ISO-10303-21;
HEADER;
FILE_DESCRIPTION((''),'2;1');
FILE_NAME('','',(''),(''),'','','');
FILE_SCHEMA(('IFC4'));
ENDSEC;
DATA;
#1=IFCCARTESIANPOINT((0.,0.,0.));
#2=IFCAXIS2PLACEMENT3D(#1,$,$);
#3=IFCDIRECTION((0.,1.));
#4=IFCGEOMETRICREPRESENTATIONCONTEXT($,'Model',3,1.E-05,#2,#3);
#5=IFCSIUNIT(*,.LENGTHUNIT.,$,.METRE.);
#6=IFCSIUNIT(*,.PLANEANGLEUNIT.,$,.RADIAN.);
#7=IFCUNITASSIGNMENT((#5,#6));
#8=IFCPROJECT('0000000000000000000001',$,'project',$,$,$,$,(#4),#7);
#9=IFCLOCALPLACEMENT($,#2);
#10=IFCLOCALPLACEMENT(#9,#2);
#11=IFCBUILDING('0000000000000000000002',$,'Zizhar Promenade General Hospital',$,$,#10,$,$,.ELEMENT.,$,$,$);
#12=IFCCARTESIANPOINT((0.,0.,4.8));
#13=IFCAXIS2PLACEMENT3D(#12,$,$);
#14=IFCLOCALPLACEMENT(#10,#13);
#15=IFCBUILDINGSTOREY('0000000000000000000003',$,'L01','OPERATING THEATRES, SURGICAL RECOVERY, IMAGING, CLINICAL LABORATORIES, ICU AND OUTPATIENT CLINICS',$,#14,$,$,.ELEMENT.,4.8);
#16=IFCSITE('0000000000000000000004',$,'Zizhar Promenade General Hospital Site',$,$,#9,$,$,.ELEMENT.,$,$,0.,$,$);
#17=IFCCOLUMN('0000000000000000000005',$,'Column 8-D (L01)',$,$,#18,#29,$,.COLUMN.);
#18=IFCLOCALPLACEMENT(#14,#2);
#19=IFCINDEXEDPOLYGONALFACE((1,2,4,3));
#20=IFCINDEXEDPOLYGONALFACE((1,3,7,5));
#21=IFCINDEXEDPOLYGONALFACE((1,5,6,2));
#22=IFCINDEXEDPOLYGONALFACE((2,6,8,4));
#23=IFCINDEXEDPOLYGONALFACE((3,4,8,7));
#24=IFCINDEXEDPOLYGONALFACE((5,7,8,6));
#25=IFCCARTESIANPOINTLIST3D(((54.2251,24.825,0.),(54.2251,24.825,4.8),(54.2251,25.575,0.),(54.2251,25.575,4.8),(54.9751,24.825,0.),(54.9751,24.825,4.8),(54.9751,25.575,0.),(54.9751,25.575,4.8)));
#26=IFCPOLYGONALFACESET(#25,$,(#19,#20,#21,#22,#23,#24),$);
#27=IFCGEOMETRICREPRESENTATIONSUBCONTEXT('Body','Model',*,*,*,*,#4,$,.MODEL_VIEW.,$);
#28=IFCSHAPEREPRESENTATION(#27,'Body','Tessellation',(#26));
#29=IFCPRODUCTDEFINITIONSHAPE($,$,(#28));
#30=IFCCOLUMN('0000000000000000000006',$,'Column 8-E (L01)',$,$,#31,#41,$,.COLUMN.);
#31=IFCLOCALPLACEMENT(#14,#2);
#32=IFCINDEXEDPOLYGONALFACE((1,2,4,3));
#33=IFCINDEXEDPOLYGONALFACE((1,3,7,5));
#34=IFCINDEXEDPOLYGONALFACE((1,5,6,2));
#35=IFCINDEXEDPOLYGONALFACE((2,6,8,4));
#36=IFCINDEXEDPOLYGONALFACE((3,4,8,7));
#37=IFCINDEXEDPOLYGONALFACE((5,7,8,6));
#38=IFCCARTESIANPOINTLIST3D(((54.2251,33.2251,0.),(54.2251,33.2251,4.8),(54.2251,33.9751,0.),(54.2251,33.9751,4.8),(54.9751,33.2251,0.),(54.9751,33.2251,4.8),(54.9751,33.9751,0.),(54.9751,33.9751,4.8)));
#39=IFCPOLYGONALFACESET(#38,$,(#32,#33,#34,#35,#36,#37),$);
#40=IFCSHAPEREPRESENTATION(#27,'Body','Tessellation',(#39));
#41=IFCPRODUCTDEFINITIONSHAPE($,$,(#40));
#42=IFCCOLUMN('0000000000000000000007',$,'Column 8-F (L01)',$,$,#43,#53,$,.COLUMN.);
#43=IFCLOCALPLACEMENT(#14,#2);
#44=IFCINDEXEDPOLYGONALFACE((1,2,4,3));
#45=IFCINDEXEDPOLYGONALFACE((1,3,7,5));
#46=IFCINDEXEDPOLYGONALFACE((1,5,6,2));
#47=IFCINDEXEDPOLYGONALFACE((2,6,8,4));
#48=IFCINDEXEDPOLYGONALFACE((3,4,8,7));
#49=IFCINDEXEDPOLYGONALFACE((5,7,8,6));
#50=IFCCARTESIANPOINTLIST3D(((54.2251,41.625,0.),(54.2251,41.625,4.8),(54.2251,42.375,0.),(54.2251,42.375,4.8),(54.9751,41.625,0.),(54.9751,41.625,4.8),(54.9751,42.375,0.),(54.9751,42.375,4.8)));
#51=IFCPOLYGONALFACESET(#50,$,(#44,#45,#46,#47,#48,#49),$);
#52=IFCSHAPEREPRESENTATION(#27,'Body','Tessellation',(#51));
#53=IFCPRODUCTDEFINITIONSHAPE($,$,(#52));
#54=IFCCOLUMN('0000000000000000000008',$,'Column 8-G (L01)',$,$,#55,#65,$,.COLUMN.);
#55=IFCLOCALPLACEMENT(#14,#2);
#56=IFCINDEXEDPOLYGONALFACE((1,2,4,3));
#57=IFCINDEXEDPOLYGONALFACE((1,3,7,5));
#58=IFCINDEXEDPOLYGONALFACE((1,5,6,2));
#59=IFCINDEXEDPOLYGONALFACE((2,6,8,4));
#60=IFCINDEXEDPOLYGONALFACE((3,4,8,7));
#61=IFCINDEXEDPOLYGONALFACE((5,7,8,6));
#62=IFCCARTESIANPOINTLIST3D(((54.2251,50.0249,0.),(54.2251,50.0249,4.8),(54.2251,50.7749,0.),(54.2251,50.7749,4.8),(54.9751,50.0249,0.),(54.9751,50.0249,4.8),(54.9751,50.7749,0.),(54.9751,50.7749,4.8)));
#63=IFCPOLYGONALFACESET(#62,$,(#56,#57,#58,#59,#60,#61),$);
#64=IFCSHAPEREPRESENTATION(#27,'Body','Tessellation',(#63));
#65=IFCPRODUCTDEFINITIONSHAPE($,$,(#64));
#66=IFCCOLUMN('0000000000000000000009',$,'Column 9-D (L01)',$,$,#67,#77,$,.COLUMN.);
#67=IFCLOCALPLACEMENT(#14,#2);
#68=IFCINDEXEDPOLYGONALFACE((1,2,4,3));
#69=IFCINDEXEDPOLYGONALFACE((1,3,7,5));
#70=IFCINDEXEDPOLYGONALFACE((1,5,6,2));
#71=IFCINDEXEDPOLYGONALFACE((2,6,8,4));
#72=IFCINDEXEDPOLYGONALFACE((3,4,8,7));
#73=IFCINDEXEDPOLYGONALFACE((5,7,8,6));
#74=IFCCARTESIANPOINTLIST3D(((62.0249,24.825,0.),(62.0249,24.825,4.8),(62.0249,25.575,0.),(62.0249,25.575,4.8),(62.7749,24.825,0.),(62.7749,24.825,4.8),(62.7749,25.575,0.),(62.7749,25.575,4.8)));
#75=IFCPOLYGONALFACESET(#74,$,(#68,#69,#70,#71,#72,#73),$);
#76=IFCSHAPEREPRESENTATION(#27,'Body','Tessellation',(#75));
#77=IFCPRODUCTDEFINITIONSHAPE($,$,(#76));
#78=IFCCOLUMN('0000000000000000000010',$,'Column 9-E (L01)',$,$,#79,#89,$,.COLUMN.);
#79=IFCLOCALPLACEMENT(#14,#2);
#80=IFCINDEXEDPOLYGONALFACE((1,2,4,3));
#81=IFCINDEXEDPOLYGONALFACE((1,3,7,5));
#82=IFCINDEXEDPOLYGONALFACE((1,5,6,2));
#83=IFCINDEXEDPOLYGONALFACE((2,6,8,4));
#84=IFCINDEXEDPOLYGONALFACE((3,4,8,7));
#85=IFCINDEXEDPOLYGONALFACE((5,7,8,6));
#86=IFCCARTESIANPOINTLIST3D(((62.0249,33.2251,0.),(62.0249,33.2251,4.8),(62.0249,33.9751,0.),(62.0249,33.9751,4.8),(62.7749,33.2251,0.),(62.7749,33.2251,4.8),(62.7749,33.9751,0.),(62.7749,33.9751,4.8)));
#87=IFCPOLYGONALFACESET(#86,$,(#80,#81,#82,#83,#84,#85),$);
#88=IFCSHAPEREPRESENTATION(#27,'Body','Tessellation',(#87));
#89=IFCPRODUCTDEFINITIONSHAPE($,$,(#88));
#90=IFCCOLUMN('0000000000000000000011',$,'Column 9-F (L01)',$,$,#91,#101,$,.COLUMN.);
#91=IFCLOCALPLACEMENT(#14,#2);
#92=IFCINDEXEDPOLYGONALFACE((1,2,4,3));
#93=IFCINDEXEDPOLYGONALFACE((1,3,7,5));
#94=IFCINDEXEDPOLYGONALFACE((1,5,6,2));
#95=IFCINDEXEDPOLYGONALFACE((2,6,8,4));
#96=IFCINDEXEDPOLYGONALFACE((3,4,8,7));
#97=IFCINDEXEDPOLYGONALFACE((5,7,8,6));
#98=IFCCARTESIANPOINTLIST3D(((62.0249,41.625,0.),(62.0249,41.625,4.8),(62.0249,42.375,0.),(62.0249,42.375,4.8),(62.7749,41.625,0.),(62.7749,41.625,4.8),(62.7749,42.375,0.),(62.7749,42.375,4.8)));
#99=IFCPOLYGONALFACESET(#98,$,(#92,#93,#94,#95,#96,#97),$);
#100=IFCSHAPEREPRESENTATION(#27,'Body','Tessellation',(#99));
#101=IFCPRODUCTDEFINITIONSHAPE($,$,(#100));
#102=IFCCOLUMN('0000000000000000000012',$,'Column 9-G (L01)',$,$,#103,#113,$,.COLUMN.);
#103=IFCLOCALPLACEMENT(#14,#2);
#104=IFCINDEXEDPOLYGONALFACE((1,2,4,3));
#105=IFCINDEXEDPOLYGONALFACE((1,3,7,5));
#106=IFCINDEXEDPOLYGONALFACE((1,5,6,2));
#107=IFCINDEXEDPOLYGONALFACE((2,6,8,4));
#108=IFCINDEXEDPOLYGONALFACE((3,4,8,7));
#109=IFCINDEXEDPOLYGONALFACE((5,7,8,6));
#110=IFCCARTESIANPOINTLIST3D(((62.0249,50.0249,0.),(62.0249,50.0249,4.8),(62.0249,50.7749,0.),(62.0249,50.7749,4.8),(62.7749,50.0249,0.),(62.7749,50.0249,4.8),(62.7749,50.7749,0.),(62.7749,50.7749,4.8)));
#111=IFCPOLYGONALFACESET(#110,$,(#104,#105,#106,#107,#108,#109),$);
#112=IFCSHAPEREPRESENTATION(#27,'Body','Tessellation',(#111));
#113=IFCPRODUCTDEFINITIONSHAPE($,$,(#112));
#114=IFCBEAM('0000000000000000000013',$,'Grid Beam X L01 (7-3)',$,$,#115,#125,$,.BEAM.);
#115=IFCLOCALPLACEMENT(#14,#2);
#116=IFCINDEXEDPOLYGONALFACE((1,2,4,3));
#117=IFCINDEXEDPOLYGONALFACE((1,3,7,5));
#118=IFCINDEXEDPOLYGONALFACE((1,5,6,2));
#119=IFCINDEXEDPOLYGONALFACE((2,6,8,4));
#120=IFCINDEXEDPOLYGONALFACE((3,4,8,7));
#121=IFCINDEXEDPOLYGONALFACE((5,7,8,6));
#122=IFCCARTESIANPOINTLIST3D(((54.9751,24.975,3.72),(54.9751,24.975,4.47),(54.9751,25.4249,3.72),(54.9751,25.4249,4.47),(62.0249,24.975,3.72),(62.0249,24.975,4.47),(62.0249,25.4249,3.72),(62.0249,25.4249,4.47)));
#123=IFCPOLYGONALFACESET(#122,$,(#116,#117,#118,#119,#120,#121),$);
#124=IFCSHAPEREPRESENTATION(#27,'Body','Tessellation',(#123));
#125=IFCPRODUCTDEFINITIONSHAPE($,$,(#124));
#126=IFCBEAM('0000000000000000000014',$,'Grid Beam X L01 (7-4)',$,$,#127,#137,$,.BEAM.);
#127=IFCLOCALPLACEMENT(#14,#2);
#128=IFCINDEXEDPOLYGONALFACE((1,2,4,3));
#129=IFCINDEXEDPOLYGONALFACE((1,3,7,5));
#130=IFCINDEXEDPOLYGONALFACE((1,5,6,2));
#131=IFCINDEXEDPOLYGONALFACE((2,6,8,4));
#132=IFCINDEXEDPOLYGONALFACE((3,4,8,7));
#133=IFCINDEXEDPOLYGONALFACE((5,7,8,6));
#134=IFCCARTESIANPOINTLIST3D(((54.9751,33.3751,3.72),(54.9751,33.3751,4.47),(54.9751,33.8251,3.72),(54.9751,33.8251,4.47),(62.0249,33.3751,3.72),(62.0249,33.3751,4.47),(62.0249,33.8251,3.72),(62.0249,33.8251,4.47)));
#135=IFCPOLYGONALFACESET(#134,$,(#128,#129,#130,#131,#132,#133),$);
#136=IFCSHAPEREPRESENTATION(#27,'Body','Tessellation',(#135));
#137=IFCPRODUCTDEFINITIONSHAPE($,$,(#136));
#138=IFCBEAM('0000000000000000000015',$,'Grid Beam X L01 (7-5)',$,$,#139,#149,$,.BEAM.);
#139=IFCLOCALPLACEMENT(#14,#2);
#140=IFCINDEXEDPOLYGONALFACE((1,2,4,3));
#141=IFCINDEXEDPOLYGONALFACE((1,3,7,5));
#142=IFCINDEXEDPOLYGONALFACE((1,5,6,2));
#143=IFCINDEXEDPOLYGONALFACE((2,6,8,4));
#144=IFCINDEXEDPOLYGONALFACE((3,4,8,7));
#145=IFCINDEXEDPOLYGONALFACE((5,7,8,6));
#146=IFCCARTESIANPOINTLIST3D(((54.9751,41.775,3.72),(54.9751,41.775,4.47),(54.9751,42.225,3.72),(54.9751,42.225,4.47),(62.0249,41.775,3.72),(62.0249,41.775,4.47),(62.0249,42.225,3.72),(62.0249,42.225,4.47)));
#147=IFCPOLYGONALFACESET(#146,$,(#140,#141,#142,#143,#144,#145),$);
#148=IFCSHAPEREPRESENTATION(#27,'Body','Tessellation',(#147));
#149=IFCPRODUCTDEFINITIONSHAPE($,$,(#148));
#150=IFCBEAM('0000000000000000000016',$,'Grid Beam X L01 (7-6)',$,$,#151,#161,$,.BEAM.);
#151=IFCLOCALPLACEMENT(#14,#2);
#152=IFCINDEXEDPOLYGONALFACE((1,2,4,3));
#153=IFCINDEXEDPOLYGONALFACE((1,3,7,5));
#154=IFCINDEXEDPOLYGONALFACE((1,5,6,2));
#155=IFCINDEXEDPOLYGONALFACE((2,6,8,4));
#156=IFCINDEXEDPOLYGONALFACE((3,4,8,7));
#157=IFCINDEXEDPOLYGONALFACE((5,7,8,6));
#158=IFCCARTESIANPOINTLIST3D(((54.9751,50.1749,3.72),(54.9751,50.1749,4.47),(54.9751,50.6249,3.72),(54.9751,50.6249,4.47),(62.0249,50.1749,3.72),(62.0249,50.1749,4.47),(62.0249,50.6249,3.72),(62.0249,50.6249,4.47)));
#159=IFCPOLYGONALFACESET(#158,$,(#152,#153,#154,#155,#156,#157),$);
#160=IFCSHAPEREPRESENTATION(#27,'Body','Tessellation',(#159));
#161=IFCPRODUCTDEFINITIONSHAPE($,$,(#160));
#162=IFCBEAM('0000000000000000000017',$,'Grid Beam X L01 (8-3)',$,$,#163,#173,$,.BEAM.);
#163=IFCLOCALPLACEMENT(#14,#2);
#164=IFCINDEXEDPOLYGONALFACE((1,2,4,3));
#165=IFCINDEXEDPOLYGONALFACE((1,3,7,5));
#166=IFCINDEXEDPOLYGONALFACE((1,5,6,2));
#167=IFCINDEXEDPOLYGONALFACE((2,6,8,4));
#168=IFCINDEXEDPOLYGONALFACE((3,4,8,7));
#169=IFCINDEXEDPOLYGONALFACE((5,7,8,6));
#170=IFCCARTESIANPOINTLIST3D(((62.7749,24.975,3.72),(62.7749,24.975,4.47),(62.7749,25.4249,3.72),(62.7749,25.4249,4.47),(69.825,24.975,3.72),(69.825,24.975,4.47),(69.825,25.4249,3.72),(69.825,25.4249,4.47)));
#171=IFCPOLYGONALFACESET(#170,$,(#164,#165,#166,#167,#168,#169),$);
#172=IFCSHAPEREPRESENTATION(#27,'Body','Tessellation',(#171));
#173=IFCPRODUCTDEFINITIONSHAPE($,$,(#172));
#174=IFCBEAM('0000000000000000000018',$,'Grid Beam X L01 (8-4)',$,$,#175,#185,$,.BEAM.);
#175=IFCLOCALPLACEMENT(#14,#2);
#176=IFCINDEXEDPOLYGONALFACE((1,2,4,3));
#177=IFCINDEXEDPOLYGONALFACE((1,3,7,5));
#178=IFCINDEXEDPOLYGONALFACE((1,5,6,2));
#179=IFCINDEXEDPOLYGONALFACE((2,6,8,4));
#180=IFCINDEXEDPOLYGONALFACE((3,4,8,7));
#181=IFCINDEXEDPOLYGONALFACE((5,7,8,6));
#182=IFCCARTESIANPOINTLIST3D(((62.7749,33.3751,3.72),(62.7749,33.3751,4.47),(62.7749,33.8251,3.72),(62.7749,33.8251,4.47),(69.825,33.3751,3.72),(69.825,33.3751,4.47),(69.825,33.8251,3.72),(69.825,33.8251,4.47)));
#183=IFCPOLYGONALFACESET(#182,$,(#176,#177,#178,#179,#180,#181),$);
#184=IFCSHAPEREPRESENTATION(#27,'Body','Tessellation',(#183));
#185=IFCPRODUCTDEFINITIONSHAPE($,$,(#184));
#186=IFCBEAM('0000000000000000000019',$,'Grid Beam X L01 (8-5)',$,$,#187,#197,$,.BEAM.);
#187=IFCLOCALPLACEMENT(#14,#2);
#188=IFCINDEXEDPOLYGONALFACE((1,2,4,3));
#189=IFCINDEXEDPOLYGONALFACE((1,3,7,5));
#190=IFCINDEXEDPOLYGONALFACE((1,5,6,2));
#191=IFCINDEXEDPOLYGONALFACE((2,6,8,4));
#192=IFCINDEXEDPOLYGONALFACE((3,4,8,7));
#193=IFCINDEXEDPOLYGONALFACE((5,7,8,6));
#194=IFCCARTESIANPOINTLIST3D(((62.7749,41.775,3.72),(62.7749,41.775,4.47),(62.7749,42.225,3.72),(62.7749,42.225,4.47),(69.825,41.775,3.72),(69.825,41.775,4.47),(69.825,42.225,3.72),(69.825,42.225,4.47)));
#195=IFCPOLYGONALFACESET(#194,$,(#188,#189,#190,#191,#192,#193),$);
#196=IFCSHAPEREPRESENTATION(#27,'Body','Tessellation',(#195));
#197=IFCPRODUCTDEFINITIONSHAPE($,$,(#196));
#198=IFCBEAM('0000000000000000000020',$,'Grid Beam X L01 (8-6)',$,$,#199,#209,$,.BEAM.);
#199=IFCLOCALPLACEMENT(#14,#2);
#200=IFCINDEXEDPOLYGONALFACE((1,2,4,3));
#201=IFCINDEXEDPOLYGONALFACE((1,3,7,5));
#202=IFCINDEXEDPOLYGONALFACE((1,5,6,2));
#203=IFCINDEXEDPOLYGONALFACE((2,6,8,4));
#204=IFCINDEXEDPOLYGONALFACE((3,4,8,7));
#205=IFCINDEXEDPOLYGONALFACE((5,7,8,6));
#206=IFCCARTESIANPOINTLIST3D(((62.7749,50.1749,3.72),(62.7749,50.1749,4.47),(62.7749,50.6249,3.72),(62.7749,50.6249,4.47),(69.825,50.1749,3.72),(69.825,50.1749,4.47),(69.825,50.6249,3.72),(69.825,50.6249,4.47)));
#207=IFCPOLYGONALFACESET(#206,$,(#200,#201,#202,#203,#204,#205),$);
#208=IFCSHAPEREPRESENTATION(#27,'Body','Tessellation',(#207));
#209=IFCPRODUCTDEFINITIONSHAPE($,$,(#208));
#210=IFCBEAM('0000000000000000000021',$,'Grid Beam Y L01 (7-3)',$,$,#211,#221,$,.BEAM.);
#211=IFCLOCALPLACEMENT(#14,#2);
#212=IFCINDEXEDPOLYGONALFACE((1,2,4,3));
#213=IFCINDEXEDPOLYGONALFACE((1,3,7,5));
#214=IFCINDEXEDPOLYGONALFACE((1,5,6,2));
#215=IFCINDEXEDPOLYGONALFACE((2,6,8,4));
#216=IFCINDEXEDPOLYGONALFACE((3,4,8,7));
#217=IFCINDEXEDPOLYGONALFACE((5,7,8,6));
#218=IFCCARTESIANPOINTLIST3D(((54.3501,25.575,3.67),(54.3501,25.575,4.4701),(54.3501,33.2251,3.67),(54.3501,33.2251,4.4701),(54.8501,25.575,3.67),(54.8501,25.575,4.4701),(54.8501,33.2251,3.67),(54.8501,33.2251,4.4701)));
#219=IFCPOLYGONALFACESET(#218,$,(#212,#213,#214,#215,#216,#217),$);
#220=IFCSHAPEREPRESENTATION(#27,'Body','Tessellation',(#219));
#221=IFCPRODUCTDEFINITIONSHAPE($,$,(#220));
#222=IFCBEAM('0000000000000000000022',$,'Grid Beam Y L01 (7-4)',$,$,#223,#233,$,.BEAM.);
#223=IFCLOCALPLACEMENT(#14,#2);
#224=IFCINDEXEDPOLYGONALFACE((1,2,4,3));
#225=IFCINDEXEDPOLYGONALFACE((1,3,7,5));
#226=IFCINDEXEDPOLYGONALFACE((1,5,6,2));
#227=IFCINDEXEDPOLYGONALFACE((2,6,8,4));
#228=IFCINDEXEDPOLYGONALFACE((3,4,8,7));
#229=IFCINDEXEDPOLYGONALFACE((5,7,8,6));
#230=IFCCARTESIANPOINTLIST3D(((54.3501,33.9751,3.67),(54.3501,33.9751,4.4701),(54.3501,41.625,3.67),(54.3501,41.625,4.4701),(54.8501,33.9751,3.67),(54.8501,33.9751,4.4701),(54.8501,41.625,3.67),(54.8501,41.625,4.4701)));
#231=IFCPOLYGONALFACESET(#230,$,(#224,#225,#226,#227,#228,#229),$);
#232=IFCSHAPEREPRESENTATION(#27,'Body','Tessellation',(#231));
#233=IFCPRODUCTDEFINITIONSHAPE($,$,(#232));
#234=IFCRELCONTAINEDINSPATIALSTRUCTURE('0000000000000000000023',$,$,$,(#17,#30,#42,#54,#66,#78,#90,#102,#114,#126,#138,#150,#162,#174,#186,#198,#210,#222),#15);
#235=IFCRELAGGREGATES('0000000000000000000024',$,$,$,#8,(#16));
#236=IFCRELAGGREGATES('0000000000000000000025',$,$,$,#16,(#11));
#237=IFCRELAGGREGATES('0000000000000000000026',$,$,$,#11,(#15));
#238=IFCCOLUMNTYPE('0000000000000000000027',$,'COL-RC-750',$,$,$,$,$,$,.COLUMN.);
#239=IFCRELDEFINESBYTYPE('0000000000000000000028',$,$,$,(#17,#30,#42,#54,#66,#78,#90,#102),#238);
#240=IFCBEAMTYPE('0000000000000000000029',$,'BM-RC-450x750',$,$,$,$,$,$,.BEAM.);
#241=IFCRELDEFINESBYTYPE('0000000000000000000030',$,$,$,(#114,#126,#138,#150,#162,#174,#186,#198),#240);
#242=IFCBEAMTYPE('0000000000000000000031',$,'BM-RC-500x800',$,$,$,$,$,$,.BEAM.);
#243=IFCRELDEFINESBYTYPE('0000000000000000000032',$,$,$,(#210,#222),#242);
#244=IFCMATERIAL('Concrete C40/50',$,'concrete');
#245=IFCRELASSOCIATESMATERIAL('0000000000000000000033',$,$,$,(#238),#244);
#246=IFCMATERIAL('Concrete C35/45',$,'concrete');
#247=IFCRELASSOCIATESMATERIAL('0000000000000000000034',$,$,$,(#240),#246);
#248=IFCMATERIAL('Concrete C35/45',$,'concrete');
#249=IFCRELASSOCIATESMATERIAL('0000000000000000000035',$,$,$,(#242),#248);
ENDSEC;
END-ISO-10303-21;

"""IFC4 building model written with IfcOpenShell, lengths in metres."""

from ifc_helpers import new_model, si_unit, direction, frame, origin, origin_2d, place, context, subcontext, project, spatial, rectangle, extrude, material, material_profile, profile_set, type_object, element, save


model = new_model("IFC4")

# Units and contexts
model_context = context("Model", 3, precision=1e-05, world=origin(), true_north=direction((0.0, 1.0)))
body_context = subcontext(model_context, "Body", "Model", "MODEL_VIEW")
ifc_project = project(units=[si_unit("LENGTHUNIT", "METRE"), si_unit("PLANEANGLEUNIT", "RADIAN")], contexts=[model_context])

# Site, building, storey
site_placement = place(None, origin())
site = spatial("IfcSite", under=ifc_project, at=site_placement, Name="Zizhar Promenade General Hospital Site", CompositionType="ELEMENT", RefElevation=0.0)
building_placement = place(site_placement, origin())
building = spatial("IfcBuilding", under=site, at=building_placement, Name="Zizhar Promenade General Hospital", CompositionType="ELEMENT")
storey_placement = place(building_placement, frame((0.0, 0.0, 4.8)))
storey = spatial("IfcBuildingStorey", under=building, at=storey_placement, Name="L01", Description="OPERATING THEATRES, SURGICAL RECOVERY, IMAGING, CLINICAL LABORATORIES, ICU AND OUTPATIENT CLINICS", CompositionType="ELEMENT", Elevation=4.8)

# Columns
ifc_material_1 = material(Name="Concrete C40/50", Category="concrete")
ifc_material_profile_1 = material_profile(ifc_material_1, rectangle(XDim=0.75, YDim=0.75, at=origin_2d()))
ifc_profile_set_1 = profile_set([ifc_material_profile_1], Name="Concrete C40/50")
column_type = type_object("IfcColumnType", Name="COL-RC-750", PredefinedType="COLUMN", material=ifc_profile_set_1)
for number, where, z_axis, x_axis, name in (
    (1, (54.6001, 25.2, 0.0), (0.0, 0.0, 1.0), (1.0, 0.0, 0.0), "Column 8-D (L01)"),
    (2, (54.6001, 33.6001, 0.0), (0.0, 0.0, 1.0), (1.0, 0.0, 0.0), "Column 8-E (L01)"),
    (3, (54.6001, 42.0, 0.0), (0.0, 0.0, 1.0), (1.0, 0.0, 0.0), "Column 8-F (L01)"),
    (4, (54.6001, 50.3999, 0.0), (0.0, 0.0, 1.0), (1.0, 0.0, 0.0), "Column 8-G (L01)"),
    (5, (62.3999, 25.2, 0.0), (0.0, 0.0, 1.0), (1.0, 0.0, 0.0), "Column 9-D (L01)"),
    (6, (62.3999, 33.6001, 0.0), (0.0, 0.0, 1.0), (1.0, 0.0, 0.0), "Column 9-E (L01)"),
    (7, (62.3999, 42.0, 0.0), (0.0, 0.0, 1.0), (1.0, 0.0, 0.0), "Column 9-F (L01)"),
    (8, (62.3999, 50.3999, 0.0), (0.0, 0.0, 1.0), (1.0, 0.0, 0.0), "Column 9-G (L01)"),
):
    element("IfcColumn", number, at=place(storey_placement, frame(where, z_axis=z_axis, x_axis=x_axis)), inside=storey, type_object=column_type, Name=name, PredefinedType="COLUMN", context=body_context, shape_type="SweptSolid", body=[
        extrude(rectangle(XDim=0.75, YDim=0.75, at=origin_2d()), origin(), (0.0, 0.0, 1.0), 4.8),
    ])

# Beams
ifc_material_2 = material(Name="Concrete C35/45", Category="concrete")
ifc_material_profile_2 = material_profile(ifc_material_2, rectangle(XDim=0.45, YDim=0.75, at=origin_2d()))
ifc_profile_set_2 = profile_set([ifc_material_profile_2], Name="Concrete C35/45")
beam_type_1 = type_object("IfcBeamType", Name="BM-RC-450x750", PredefinedType="BEAM", material=ifc_profile_set_2)
for number, where, z_axis, x_axis, name in (
    (9, (54.9751, 25.2, 4.095), (1.0, 0.0, 0.0), (0.0, 1.0, 0.0), "Grid Beam X L01 (7-3)"),
    (10, (54.9751, 33.6001, 4.095), (1.0, 0.0, 0.0), (0.0, 1.0, 0.0), "Grid Beam X L01 (7-4)"),
    (11, (54.9751, 42.0, 4.095), (1.0, 0.0, 0.0), (0.0, 1.0, 0.0), "Grid Beam X L01 (7-5)"),
    (12, (54.9751, 50.3999, 4.095), (1.0, 0.0, 0.0), (0.0, 1.0, 0.0), "Grid Beam X L01 (7-6)"),
):
    element("IfcBeam", number, at=place(storey_placement, frame(where, z_axis=z_axis, x_axis=x_axis)), inside=storey, type_object=beam_type_1, Name=name, PredefinedType="BEAM", context=body_context, shape_type="SweptSolid", body=[
        extrude(rectangle(XDim=0.45, YDim=0.75, at=origin_2d()), origin(), (0.0, 0.0, 1.0), 7.0498),
    ])
for number, where, z_axis, x_axis, name in (
    (13, (62.7749, 25.2, 4.095), (1.0, 0.0, 0.0), (0.0, 1.0, 0.0), "Grid Beam X L01 (8-3)"),
    (14, (62.7749, 33.6001, 4.095), (1.0, 0.0, 0.0), (0.0, 1.0, 0.0), "Grid Beam X L01 (8-4)"),
    (15, (62.7749, 42.0, 4.095), (1.0, 0.0, 0.0), (0.0, 1.0, 0.0), "Grid Beam X L01 (8-5)"),
    (16, (62.7749, 50.3999, 4.095), (1.0, 0.0, 0.0), (0.0, 1.0, 0.0), "Grid Beam X L01 (8-6)"),
):
    element("IfcBeam", number, at=place(storey_placement, frame(where, z_axis=z_axis, x_axis=x_axis)), inside=storey, type_object=beam_type_1, Name=name, PredefinedType="BEAM", context=body_context, shape_type="SweptSolid", body=[
        extrude(rectangle(XDim=0.45, YDim=0.75, at=origin_2d()), origin(), (0.0, 0.0, 1.0), 7.05),
    ])
ifc_material_3 = material(Name="Concrete C35/45", Category="concrete")
ifc_material_profile_3 = material_profile(ifc_material_3, rectangle(XDim=0.5, YDim=0.8, at=origin_2d()))
ifc_profile_set_3 = profile_set([ifc_material_profile_3], Name="Concrete C35/45")
beam_type_2 = type_object("IfcBeamType", Name="BM-RC-500x800", PredefinedType="BEAM", material=ifc_profile_set_3)
beam_1_placement = place(storey_placement, frame((54.6001, 25.575, 4.0701), z_axis=(0.0, 1.0, 0.0), x_axis=(-1.0, 0.0, 0.0)))
element("IfcBeam", 17, at=beam_1_placement, inside=storey, type_object=beam_type_2, Name="Grid Beam Y L01 (7-3)", PredefinedType="BEAM", context=body_context, shape_type="SweptSolid", body=[
    extrude(rectangle(XDim=0.5, YDim=0.8, at=origin_2d()), origin(), (0.0, 0.0, 1.0), 7.6501),
])
for number, where, z_axis, x_axis, name in (
    (18, (54.6001, 33.9751, 4.0701), (0.0, 1.0, 0.0), (-1.0, 0.0, 0.0), "Grid Beam Y L01 (7-4)"),
):
    element("IfcBeam", number, at=place(storey_placement, frame(where, z_axis=z_axis, x_axis=x_axis)), inside=storey, type_object=beam_type_2, Name=name, PredefinedType="BEAM", context=body_context, shape_type="SweptSolid", body=[
        extrude(rectangle(XDim=0.5, YDim=0.8, at=origin_2d()), origin(), (0.0, 0.0, 1.0), 7.6499),
    ])

save(model, "model.ifc")
